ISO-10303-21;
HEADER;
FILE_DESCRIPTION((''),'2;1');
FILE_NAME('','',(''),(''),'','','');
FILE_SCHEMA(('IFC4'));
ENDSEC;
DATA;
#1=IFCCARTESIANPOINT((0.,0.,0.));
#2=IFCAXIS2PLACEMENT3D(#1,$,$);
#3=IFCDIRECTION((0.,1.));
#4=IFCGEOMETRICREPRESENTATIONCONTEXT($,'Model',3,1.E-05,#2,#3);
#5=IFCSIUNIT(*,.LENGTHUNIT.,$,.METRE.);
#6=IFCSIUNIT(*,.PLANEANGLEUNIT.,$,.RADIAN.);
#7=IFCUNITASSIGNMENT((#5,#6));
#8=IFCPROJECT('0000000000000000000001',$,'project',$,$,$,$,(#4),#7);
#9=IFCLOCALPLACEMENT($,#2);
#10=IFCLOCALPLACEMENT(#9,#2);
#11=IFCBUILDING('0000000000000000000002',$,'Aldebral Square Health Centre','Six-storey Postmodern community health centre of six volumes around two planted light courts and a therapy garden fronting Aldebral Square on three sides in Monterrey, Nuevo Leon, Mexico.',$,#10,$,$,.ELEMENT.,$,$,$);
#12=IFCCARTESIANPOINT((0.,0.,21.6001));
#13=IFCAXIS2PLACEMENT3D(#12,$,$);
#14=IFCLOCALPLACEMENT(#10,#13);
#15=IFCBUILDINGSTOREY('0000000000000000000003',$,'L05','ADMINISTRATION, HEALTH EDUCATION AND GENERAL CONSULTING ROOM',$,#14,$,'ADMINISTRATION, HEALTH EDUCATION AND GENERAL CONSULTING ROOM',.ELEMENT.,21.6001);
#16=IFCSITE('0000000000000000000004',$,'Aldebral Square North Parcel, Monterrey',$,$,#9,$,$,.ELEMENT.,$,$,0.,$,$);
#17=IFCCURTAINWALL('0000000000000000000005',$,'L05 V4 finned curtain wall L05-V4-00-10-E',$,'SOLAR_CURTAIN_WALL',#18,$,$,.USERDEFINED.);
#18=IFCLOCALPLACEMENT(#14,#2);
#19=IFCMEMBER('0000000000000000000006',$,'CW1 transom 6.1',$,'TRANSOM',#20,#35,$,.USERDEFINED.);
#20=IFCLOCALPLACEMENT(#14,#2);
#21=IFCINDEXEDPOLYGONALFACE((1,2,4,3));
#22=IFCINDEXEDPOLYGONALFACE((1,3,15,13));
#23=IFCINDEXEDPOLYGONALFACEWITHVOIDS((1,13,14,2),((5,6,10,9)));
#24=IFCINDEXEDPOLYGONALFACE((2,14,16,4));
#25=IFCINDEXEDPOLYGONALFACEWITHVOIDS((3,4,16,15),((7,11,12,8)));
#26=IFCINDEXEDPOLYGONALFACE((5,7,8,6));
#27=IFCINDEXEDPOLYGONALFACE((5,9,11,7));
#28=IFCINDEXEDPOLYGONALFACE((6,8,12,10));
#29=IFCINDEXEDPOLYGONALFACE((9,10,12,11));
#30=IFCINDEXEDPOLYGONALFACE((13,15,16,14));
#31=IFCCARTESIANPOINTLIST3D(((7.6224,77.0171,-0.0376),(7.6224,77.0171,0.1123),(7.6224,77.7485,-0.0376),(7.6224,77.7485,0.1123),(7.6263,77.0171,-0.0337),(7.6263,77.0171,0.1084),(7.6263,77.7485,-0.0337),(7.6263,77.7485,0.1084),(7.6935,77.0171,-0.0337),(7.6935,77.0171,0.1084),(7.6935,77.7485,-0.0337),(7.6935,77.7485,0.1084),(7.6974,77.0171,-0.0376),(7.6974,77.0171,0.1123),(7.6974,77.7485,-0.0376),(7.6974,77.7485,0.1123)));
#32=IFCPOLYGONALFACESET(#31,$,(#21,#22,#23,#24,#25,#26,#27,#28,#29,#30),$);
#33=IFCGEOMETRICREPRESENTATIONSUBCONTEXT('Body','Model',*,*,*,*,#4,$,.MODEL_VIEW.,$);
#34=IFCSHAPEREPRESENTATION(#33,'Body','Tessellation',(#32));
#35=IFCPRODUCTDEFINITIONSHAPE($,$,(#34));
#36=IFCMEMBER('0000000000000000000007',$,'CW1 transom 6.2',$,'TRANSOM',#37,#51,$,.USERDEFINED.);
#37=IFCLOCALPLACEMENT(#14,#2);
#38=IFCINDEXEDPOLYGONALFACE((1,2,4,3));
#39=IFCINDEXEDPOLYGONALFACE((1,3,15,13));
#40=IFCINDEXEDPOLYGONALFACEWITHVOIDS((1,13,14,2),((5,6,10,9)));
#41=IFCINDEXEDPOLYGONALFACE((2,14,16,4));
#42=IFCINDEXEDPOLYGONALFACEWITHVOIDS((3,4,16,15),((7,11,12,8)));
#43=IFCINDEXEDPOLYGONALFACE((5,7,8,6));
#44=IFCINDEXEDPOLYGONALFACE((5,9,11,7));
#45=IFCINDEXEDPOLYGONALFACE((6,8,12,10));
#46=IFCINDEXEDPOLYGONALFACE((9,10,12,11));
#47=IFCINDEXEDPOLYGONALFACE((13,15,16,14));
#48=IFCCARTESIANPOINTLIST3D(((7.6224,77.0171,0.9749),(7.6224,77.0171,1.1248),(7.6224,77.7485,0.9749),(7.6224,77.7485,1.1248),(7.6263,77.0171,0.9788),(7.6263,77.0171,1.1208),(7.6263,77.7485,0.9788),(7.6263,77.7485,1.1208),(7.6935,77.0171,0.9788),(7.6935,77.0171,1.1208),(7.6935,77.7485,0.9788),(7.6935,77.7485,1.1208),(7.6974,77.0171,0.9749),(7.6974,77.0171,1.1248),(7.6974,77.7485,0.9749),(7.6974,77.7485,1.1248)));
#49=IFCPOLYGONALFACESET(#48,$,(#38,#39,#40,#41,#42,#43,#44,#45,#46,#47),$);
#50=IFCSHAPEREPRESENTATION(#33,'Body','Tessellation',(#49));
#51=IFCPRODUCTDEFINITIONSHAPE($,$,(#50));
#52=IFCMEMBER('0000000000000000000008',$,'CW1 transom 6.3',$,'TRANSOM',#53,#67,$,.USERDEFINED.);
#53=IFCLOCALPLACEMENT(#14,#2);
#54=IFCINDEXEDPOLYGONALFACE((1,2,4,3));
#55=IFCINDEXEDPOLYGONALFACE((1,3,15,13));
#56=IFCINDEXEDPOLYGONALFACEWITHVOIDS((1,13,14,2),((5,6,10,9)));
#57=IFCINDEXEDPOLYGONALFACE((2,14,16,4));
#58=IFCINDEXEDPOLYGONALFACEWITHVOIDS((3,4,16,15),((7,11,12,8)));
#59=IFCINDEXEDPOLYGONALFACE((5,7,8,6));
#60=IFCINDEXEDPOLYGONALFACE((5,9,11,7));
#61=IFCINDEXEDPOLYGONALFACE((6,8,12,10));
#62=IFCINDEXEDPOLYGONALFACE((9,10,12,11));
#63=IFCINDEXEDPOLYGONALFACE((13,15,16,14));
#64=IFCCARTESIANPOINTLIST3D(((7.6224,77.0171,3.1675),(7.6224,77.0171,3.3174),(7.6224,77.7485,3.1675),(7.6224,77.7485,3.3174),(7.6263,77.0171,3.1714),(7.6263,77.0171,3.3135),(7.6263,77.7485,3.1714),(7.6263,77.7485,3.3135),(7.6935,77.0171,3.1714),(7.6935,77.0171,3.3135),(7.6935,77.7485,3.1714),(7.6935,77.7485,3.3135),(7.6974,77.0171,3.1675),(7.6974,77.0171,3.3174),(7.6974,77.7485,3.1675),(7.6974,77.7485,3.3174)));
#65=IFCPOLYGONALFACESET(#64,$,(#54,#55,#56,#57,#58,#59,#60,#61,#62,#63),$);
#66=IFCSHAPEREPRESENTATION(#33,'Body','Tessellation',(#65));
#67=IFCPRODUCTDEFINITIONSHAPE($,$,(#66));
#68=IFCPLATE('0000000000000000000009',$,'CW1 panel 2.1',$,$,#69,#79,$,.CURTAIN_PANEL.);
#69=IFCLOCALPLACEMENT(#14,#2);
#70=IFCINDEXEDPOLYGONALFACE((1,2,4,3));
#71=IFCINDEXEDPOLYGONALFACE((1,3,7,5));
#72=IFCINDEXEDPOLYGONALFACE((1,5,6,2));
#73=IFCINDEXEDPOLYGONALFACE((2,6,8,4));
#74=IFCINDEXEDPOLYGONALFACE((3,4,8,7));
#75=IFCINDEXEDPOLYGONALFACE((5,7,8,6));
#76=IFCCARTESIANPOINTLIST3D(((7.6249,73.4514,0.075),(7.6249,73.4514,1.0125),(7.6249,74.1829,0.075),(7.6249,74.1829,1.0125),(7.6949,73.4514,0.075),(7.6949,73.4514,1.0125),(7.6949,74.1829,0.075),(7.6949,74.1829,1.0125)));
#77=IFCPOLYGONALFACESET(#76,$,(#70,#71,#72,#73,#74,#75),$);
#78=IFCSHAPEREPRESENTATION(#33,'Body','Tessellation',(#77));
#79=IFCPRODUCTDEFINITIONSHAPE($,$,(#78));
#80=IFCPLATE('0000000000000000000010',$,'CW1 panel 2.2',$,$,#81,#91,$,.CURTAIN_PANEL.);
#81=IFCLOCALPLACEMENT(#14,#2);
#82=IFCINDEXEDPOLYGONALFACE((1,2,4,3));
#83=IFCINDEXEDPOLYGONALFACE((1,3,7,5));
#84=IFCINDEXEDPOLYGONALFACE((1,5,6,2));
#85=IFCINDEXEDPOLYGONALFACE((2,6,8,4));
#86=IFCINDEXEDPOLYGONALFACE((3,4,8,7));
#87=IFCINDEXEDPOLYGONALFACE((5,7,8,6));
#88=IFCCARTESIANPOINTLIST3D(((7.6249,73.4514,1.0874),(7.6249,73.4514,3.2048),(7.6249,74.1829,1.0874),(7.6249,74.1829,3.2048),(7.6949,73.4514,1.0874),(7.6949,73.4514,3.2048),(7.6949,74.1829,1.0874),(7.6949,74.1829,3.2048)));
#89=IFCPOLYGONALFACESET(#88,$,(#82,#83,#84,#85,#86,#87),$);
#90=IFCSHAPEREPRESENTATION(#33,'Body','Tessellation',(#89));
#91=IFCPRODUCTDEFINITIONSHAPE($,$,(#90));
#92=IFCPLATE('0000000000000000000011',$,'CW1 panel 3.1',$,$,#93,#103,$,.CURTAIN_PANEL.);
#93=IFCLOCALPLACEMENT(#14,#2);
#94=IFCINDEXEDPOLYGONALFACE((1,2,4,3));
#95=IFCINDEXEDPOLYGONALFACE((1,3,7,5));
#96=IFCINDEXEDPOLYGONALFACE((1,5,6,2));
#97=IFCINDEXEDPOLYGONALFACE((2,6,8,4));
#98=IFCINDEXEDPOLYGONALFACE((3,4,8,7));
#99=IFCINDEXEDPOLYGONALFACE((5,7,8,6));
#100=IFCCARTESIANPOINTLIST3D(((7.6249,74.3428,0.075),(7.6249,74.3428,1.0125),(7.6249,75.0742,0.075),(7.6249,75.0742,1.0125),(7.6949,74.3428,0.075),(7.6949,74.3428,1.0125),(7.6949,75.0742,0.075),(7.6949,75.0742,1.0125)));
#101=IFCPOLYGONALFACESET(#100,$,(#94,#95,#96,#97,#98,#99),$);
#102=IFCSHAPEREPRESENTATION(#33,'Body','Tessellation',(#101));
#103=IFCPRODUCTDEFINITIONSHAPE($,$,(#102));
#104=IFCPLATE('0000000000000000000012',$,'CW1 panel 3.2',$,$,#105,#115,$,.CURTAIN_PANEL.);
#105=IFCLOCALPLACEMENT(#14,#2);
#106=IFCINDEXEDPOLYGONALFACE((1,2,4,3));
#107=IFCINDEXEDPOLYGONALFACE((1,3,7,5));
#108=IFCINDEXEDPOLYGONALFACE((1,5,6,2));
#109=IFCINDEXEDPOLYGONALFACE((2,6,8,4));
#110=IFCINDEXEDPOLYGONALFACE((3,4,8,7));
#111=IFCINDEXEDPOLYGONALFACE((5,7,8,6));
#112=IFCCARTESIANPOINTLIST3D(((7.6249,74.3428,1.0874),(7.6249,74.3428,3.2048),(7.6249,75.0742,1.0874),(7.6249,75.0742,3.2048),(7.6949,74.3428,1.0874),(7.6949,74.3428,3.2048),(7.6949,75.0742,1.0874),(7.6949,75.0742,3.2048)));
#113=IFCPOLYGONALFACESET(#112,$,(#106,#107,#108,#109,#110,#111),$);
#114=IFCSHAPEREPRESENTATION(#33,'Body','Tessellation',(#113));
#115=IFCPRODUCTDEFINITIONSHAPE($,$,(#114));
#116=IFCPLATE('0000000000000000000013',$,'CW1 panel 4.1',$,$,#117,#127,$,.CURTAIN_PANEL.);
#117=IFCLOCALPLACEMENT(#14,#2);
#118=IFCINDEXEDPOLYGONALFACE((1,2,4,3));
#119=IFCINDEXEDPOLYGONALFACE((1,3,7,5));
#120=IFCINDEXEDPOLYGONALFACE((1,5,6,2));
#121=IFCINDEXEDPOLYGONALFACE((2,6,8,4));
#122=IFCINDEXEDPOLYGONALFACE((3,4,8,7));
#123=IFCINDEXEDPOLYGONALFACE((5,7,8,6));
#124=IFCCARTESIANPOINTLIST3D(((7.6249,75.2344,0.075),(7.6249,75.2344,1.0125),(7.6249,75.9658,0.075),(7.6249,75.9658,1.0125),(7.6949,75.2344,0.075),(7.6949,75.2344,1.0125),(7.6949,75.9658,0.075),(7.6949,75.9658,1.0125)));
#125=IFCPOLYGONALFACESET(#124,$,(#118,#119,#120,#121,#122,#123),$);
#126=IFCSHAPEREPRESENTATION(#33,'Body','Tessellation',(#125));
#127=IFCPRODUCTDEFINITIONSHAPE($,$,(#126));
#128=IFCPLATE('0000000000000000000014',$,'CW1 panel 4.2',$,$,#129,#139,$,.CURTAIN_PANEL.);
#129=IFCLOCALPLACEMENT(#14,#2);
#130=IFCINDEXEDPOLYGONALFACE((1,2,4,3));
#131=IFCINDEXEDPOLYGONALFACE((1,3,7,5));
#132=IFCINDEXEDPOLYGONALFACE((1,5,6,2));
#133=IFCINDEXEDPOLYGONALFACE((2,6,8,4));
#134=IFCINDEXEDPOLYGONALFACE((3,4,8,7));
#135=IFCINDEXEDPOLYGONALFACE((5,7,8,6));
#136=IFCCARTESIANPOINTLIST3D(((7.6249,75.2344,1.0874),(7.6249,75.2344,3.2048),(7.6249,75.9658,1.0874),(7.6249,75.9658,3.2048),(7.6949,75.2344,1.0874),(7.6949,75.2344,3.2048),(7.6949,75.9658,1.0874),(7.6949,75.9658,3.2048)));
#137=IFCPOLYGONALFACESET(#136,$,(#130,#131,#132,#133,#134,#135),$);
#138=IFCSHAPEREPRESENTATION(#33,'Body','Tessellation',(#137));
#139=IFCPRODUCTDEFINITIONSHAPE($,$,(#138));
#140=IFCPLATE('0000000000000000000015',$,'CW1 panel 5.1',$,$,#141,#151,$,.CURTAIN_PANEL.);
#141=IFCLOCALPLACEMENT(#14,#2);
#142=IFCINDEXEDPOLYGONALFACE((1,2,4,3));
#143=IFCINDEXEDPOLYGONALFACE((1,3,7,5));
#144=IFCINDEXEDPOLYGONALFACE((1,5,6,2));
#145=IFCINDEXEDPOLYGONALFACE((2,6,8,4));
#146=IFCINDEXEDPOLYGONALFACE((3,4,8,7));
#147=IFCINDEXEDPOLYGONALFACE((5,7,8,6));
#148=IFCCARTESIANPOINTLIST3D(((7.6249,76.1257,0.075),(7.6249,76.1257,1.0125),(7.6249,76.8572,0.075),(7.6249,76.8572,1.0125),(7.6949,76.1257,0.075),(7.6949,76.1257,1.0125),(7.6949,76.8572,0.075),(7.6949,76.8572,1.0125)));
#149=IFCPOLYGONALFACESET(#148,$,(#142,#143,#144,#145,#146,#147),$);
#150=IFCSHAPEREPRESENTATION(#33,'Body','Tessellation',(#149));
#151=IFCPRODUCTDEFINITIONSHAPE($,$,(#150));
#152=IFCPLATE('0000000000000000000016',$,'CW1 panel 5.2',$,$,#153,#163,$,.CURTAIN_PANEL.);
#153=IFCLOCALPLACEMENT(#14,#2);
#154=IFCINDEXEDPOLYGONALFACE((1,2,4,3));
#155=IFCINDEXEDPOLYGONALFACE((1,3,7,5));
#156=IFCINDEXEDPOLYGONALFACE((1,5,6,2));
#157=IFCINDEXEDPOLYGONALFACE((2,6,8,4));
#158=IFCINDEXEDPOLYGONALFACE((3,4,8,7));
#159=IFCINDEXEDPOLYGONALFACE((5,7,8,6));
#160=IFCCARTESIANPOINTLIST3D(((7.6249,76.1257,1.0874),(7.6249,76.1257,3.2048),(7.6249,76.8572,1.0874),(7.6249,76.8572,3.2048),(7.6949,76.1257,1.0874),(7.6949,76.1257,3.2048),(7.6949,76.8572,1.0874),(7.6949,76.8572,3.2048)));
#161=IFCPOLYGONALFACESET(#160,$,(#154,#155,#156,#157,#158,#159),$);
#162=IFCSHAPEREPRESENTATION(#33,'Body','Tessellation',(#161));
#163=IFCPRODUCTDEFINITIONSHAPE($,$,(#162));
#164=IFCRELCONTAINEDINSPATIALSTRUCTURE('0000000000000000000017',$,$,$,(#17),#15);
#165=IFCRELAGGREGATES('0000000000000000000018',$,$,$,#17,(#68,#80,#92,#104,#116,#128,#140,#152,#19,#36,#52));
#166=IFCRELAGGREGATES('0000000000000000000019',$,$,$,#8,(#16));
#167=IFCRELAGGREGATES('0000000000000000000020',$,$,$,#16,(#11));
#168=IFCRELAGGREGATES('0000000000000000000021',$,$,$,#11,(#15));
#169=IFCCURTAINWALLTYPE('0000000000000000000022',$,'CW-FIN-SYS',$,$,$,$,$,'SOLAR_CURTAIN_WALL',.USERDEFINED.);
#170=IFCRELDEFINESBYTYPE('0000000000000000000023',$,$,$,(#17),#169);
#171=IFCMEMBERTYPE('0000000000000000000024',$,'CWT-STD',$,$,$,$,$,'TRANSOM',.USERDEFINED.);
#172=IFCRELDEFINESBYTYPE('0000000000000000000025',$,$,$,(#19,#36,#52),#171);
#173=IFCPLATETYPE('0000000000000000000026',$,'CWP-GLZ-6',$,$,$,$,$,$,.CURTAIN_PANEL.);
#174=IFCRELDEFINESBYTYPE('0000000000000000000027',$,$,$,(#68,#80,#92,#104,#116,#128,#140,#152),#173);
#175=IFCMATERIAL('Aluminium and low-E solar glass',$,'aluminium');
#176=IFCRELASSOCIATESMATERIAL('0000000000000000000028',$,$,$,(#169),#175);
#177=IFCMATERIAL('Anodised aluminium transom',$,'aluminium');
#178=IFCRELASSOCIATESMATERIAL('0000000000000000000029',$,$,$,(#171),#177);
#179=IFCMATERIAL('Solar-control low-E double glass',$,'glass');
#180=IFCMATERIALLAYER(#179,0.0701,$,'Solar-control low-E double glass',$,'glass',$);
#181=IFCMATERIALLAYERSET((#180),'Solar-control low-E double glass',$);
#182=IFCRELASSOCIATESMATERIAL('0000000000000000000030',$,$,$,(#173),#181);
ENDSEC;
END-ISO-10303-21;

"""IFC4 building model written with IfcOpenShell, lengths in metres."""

from ifc_helpers import new_model, si_unit, direction, frame, origin, origin_2d, place, context, subcontext, project, spatial, rectangle, hollow_rectangle, extrude, material, layer, layer_set, material_profile, profile_set, type_object, element, aggregate, save


model = new_model("IFC4")

# Units and contexts
model_context = context("Model", 3, precision=1e-05, world=origin(), true_north=direction((0.0, 1.0)))
body_context = subcontext(model_context, "Body", "Model", "MODEL_VIEW")
ifc_project = project(units=[si_unit("LENGTHUNIT", "METRE"), si_unit("PLANEANGLEUNIT", "RADIAN")], contexts=[model_context])

# Site, building, storey
site_placement = place(None, origin())
site = spatial("IfcSite", under=ifc_project, at=site_placement, Name="Aldebral Square North Parcel, Monterrey", CompositionType="ELEMENT", RefElevation=0.0)
building_placement = place(site_placement, origin())
building = spatial("IfcBuilding", under=site, at=building_placement, Name="Aldebral Square Health Centre", Description="Six-storey Postmodern community health centre of six volumes around two planted light courts and a therapy garden fronting Aldebral Square on three sides in Monterrey, Nuevo Leon, Mexico.", CompositionType="ELEMENT")
storey_placement = place(building_placement, frame((0.0, 0.0, 21.6001)))
storey = spatial("IfcBuildingStorey", under=building, at=storey_placement, Name="L05", Description="ADMINISTRATION, HEALTH EDUCATION AND GENERAL CONSULTING ROOM", LongName="ADMINISTRATION, HEALTH EDUCATION AND GENERAL CONSULTING ROOM", CompositionType="ELEMENT", Elevation=21.6001)

# Curtain wall, members, plates
ifc_material_1 = material(Name="Aluminium and low-E solar glass", Category="aluminium")
curtain_wall_type = type_object("IfcCurtainWallType", Name="CW-FIN-SYS", ElementType="SOLAR_CURTAIN_WALL", PredefinedType="USERDEFINED", material=ifc_material_1)
curtain_wall_placement = place(storey_placement, origin())
curtain_wall = element("IfcCurtainWall", 1, at=curtain_wall_placement, inside=storey, type_object=curtain_wall_type, Name="L05 V4 finned curtain wall L05-V4-00-10-E", ObjectType="SOLAR_CURTAIN_WALL", PredefinedType="USERDEFINED")
ifc_material_2 = material(Name="Anodised aluminium transom", Category="aluminium")
ifc_material_profile = material_profile(ifc_material_2, hollow_rectangle(XDim=0.075, YDim=0.1499, WallThickness=0.0039, at=origin_2d()), Name="CWT 75x150x4")
ifc_profile_set = profile_set([ifc_material_profile], Name="Anodised aluminium transom")
member_type = type_object("IfcMemberType", Name="CWT-STD", ElementType="TRANSOM", PredefinedType="USERDEFINED", material=ifc_profile_set)
member_1_placement = place(storey_placement, frame((7.6599, 77.0171, 0.0374), z_axis=(0.0, 1.0, 0.0), x_axis=(-1.0, 0.0, 0.0)))
member_1 = element("IfcMember", 2, at=member_1_placement, type_object=member_type, Name="CW1 transom 6.1", ObjectType="TRANSOM", PredefinedType="USERDEFINED", context=body_context, shape_type="SweptSolid", body=[
    extrude(hollow_rectangle(XDim=0.075, YDim=0.1499, WallThickness=0.0039, at=origin_2d()), origin(), (0.0, 0.0, 1.0), 0.7314),
])
member_2_placement = place(storey_placement, frame((7.6599, 77.0171, 1.0498), z_axis=(0.0, 1.0, 0.0), x_axis=(-1.0, 0.0, 0.0)))
member_2 = element("IfcMember", 3, at=member_2_placement, type_object=member_type, Name="CW1 transom 6.2", ObjectType="TRANSOM", PredefinedType="USERDEFINED", context=body_context, shape_type="SweptSolid", body=[
    extrude(hollow_rectangle(XDim=0.075, YDim=0.1499, WallThickness=0.0039, at=origin_2d()), origin(), (0.0, 0.0, 1.0), 0.7314),
])
member_3_placement = place(storey_placement, frame((7.6599, 77.0171, 3.2424), z_axis=(0.0, 1.0, 0.0), x_axis=(-1.0, 0.0, 0.0)))
member_3 = element("IfcMember", 4, at=member_3_placement, type_object=member_type, Name="CW1 transom 6.3", ObjectType="TRANSOM", PredefinedType="USERDEFINED", context=body_context, shape_type="SweptSolid", body=[
    extrude(hollow_rectangle(XDim=0.075, YDim=0.1499, WallThickness=0.0039, at=origin_2d()), origin(), (0.0, 0.0, 1.0), 0.7314),
])
ifc_material_3 = material(Name="Solar-control low-E double glass", Category="glass")
ifc_layer = layer(ifc_material_3, 0.0701, Name="Solar-control low-E double glass", Category="glass")
ifc_layer_set = layer_set([ifc_layer], Name="Solar-control low-E double glass")
plate_type = type_object("IfcPlateType", Name="CWP-GLZ-6", PredefinedType="CURTAIN_PANEL", material=ifc_layer_set)
plate_1_placement = place(storey_placement, frame((7.6599, 73.8171, 0.075), z_axis=(0.0, 0.0, 1.0), x_axis=(0.0, 1.0, 0.0)))
plate_1 = element("IfcPlate", 5, at=plate_1_placement, type_object=plate_type, Name="CW1 panel 2.1", PredefinedType="CURTAIN_PANEL", context=body_context, shape_type="SweptSolid", body=[
    extrude(rectangle(XDim=0.7314, YDim=0.0701, at=origin_2d()), origin(), (0.0, 0.0, 1.0), 0.9375),
])
plate_2_placement = place(storey_placement, frame((7.6599, 73.8171, 1.0874), z_axis=(0.0, 0.0, 1.0), x_axis=(0.0, 1.0, 0.0)))
plate_2 = element("IfcPlate", 6, at=plate_2_placement, type_object=plate_type, Name="CW1 panel 2.2", PredefinedType="CURTAIN_PANEL", context=body_context, shape_type="SweptSolid", body=[
    extrude(rectangle(XDim=0.7314, YDim=0.0701, at=origin_2d()), origin(), (0.0, 0.0, 1.0), 2.1174),
])
plate_3_placement = place(storey_placement, frame((7.6599, 74.7085, 0.075), z_axis=(0.0, 0.0, 1.0), x_axis=(0.0, 1.0, 0.0)))
plate_3 = element("IfcPlate", 7, at=plate_3_placement, type_object=plate_type, Name="CW1 panel 3.1", PredefinedType="CURTAIN_PANEL", context=body_context, shape_type="SweptSolid", body=[
    extrude(rectangle(XDim=0.7314, YDim=0.0701, at=origin_2d()), origin(), (0.0, 0.0, 1.0), 0.9375),
])
plate_4_placement = place(storey_placement, frame((7.6599, 74.7085, 1.0874), z_axis=(0.0, 0.0, 1.0), x_axis=(0.0, 1.0, 0.0)))
plate_4 = element("IfcPlate", 8, at=plate_4_placement, type_object=plate_type, Name="CW1 panel 3.2", PredefinedType="CURTAIN_PANEL", context=body_context, shape_type="SweptSolid", body=[
    extrude(rectangle(XDim=0.7314, YDim=0.0701, at=origin_2d()), origin(), (0.0, 0.0, 1.0), 2.1174),
])
plate_5_placement = place(storey_placement, frame((7.6599, 75.6001, 0.075), z_axis=(0.0, 0.0, 1.0), x_axis=(0.0, 1.0, 0.0)))
plate_5 = element("IfcPlate", 9, at=plate_5_placement, type_object=plate_type, Name="CW1 panel 4.1", PredefinedType="CURTAIN_PANEL", context=body_context, shape_type="SweptSolid", body=[
    extrude(rectangle(XDim=0.7314, YDim=0.0701, at=origin_2d()), origin(), (0.0, 0.0, 1.0), 0.9375),
])
plate_6_placement = place(storey_placement, frame((7.6599, 75.6001, 1.0874), z_axis=(0.0, 0.0, 1.0), x_axis=(0.0, 1.0, 0.0)))
plate_6 = element("IfcPlate", 10, at=plate_6_placement, type_object=plate_type, Name="CW1 panel 4.2", PredefinedType="CURTAIN_PANEL", context=body_context, shape_type="SweptSolid", body=[
    extrude(rectangle(XDim=0.7314, YDim=0.0701, at=origin_2d()), origin(), (0.0, 0.0, 1.0), 2.1174),
])
plate_7_placement = place(storey_placement, frame((7.6599, 76.4915, 0.075), z_axis=(0.0, 0.0, 1.0), x_axis=(0.0, 1.0, 0.0)))
plate_7 = element("IfcPlate", 11, at=plate_7_placement, type_object=plate_type, Name="CW1 panel 5.1", PredefinedType="CURTAIN_PANEL", context=body_context, shape_type="SweptSolid", body=[
    extrude(rectangle(XDim=0.7314, YDim=0.0701, at=origin_2d()), origin(), (0.0, 0.0, 1.0), 0.9375),
])
plate_8_placement = place(storey_placement, frame((7.6599, 76.4915, 1.0874), z_axis=(0.0, 0.0, 1.0), x_axis=(0.0, 1.0, 0.0)))
plate_8 = element("IfcPlate", 12, at=plate_8_placement, type_object=plate_type, Name="CW1 panel 5.2", PredefinedType="CURTAIN_PANEL", context=body_context, shape_type="SweptSolid", body=[
    extrude(rectangle(XDim=0.7314, YDim=0.0701, at=origin_2d()), origin(), (0.0, 0.0, 1.0), 2.1174),
])
aggregate(curtain_wall, [plate_1, plate_2, plate_3, plate_4, plate_5, plate_6, plate_7, plate_8, member_1, member_2, member_3])

save(model, "model.ifc")
